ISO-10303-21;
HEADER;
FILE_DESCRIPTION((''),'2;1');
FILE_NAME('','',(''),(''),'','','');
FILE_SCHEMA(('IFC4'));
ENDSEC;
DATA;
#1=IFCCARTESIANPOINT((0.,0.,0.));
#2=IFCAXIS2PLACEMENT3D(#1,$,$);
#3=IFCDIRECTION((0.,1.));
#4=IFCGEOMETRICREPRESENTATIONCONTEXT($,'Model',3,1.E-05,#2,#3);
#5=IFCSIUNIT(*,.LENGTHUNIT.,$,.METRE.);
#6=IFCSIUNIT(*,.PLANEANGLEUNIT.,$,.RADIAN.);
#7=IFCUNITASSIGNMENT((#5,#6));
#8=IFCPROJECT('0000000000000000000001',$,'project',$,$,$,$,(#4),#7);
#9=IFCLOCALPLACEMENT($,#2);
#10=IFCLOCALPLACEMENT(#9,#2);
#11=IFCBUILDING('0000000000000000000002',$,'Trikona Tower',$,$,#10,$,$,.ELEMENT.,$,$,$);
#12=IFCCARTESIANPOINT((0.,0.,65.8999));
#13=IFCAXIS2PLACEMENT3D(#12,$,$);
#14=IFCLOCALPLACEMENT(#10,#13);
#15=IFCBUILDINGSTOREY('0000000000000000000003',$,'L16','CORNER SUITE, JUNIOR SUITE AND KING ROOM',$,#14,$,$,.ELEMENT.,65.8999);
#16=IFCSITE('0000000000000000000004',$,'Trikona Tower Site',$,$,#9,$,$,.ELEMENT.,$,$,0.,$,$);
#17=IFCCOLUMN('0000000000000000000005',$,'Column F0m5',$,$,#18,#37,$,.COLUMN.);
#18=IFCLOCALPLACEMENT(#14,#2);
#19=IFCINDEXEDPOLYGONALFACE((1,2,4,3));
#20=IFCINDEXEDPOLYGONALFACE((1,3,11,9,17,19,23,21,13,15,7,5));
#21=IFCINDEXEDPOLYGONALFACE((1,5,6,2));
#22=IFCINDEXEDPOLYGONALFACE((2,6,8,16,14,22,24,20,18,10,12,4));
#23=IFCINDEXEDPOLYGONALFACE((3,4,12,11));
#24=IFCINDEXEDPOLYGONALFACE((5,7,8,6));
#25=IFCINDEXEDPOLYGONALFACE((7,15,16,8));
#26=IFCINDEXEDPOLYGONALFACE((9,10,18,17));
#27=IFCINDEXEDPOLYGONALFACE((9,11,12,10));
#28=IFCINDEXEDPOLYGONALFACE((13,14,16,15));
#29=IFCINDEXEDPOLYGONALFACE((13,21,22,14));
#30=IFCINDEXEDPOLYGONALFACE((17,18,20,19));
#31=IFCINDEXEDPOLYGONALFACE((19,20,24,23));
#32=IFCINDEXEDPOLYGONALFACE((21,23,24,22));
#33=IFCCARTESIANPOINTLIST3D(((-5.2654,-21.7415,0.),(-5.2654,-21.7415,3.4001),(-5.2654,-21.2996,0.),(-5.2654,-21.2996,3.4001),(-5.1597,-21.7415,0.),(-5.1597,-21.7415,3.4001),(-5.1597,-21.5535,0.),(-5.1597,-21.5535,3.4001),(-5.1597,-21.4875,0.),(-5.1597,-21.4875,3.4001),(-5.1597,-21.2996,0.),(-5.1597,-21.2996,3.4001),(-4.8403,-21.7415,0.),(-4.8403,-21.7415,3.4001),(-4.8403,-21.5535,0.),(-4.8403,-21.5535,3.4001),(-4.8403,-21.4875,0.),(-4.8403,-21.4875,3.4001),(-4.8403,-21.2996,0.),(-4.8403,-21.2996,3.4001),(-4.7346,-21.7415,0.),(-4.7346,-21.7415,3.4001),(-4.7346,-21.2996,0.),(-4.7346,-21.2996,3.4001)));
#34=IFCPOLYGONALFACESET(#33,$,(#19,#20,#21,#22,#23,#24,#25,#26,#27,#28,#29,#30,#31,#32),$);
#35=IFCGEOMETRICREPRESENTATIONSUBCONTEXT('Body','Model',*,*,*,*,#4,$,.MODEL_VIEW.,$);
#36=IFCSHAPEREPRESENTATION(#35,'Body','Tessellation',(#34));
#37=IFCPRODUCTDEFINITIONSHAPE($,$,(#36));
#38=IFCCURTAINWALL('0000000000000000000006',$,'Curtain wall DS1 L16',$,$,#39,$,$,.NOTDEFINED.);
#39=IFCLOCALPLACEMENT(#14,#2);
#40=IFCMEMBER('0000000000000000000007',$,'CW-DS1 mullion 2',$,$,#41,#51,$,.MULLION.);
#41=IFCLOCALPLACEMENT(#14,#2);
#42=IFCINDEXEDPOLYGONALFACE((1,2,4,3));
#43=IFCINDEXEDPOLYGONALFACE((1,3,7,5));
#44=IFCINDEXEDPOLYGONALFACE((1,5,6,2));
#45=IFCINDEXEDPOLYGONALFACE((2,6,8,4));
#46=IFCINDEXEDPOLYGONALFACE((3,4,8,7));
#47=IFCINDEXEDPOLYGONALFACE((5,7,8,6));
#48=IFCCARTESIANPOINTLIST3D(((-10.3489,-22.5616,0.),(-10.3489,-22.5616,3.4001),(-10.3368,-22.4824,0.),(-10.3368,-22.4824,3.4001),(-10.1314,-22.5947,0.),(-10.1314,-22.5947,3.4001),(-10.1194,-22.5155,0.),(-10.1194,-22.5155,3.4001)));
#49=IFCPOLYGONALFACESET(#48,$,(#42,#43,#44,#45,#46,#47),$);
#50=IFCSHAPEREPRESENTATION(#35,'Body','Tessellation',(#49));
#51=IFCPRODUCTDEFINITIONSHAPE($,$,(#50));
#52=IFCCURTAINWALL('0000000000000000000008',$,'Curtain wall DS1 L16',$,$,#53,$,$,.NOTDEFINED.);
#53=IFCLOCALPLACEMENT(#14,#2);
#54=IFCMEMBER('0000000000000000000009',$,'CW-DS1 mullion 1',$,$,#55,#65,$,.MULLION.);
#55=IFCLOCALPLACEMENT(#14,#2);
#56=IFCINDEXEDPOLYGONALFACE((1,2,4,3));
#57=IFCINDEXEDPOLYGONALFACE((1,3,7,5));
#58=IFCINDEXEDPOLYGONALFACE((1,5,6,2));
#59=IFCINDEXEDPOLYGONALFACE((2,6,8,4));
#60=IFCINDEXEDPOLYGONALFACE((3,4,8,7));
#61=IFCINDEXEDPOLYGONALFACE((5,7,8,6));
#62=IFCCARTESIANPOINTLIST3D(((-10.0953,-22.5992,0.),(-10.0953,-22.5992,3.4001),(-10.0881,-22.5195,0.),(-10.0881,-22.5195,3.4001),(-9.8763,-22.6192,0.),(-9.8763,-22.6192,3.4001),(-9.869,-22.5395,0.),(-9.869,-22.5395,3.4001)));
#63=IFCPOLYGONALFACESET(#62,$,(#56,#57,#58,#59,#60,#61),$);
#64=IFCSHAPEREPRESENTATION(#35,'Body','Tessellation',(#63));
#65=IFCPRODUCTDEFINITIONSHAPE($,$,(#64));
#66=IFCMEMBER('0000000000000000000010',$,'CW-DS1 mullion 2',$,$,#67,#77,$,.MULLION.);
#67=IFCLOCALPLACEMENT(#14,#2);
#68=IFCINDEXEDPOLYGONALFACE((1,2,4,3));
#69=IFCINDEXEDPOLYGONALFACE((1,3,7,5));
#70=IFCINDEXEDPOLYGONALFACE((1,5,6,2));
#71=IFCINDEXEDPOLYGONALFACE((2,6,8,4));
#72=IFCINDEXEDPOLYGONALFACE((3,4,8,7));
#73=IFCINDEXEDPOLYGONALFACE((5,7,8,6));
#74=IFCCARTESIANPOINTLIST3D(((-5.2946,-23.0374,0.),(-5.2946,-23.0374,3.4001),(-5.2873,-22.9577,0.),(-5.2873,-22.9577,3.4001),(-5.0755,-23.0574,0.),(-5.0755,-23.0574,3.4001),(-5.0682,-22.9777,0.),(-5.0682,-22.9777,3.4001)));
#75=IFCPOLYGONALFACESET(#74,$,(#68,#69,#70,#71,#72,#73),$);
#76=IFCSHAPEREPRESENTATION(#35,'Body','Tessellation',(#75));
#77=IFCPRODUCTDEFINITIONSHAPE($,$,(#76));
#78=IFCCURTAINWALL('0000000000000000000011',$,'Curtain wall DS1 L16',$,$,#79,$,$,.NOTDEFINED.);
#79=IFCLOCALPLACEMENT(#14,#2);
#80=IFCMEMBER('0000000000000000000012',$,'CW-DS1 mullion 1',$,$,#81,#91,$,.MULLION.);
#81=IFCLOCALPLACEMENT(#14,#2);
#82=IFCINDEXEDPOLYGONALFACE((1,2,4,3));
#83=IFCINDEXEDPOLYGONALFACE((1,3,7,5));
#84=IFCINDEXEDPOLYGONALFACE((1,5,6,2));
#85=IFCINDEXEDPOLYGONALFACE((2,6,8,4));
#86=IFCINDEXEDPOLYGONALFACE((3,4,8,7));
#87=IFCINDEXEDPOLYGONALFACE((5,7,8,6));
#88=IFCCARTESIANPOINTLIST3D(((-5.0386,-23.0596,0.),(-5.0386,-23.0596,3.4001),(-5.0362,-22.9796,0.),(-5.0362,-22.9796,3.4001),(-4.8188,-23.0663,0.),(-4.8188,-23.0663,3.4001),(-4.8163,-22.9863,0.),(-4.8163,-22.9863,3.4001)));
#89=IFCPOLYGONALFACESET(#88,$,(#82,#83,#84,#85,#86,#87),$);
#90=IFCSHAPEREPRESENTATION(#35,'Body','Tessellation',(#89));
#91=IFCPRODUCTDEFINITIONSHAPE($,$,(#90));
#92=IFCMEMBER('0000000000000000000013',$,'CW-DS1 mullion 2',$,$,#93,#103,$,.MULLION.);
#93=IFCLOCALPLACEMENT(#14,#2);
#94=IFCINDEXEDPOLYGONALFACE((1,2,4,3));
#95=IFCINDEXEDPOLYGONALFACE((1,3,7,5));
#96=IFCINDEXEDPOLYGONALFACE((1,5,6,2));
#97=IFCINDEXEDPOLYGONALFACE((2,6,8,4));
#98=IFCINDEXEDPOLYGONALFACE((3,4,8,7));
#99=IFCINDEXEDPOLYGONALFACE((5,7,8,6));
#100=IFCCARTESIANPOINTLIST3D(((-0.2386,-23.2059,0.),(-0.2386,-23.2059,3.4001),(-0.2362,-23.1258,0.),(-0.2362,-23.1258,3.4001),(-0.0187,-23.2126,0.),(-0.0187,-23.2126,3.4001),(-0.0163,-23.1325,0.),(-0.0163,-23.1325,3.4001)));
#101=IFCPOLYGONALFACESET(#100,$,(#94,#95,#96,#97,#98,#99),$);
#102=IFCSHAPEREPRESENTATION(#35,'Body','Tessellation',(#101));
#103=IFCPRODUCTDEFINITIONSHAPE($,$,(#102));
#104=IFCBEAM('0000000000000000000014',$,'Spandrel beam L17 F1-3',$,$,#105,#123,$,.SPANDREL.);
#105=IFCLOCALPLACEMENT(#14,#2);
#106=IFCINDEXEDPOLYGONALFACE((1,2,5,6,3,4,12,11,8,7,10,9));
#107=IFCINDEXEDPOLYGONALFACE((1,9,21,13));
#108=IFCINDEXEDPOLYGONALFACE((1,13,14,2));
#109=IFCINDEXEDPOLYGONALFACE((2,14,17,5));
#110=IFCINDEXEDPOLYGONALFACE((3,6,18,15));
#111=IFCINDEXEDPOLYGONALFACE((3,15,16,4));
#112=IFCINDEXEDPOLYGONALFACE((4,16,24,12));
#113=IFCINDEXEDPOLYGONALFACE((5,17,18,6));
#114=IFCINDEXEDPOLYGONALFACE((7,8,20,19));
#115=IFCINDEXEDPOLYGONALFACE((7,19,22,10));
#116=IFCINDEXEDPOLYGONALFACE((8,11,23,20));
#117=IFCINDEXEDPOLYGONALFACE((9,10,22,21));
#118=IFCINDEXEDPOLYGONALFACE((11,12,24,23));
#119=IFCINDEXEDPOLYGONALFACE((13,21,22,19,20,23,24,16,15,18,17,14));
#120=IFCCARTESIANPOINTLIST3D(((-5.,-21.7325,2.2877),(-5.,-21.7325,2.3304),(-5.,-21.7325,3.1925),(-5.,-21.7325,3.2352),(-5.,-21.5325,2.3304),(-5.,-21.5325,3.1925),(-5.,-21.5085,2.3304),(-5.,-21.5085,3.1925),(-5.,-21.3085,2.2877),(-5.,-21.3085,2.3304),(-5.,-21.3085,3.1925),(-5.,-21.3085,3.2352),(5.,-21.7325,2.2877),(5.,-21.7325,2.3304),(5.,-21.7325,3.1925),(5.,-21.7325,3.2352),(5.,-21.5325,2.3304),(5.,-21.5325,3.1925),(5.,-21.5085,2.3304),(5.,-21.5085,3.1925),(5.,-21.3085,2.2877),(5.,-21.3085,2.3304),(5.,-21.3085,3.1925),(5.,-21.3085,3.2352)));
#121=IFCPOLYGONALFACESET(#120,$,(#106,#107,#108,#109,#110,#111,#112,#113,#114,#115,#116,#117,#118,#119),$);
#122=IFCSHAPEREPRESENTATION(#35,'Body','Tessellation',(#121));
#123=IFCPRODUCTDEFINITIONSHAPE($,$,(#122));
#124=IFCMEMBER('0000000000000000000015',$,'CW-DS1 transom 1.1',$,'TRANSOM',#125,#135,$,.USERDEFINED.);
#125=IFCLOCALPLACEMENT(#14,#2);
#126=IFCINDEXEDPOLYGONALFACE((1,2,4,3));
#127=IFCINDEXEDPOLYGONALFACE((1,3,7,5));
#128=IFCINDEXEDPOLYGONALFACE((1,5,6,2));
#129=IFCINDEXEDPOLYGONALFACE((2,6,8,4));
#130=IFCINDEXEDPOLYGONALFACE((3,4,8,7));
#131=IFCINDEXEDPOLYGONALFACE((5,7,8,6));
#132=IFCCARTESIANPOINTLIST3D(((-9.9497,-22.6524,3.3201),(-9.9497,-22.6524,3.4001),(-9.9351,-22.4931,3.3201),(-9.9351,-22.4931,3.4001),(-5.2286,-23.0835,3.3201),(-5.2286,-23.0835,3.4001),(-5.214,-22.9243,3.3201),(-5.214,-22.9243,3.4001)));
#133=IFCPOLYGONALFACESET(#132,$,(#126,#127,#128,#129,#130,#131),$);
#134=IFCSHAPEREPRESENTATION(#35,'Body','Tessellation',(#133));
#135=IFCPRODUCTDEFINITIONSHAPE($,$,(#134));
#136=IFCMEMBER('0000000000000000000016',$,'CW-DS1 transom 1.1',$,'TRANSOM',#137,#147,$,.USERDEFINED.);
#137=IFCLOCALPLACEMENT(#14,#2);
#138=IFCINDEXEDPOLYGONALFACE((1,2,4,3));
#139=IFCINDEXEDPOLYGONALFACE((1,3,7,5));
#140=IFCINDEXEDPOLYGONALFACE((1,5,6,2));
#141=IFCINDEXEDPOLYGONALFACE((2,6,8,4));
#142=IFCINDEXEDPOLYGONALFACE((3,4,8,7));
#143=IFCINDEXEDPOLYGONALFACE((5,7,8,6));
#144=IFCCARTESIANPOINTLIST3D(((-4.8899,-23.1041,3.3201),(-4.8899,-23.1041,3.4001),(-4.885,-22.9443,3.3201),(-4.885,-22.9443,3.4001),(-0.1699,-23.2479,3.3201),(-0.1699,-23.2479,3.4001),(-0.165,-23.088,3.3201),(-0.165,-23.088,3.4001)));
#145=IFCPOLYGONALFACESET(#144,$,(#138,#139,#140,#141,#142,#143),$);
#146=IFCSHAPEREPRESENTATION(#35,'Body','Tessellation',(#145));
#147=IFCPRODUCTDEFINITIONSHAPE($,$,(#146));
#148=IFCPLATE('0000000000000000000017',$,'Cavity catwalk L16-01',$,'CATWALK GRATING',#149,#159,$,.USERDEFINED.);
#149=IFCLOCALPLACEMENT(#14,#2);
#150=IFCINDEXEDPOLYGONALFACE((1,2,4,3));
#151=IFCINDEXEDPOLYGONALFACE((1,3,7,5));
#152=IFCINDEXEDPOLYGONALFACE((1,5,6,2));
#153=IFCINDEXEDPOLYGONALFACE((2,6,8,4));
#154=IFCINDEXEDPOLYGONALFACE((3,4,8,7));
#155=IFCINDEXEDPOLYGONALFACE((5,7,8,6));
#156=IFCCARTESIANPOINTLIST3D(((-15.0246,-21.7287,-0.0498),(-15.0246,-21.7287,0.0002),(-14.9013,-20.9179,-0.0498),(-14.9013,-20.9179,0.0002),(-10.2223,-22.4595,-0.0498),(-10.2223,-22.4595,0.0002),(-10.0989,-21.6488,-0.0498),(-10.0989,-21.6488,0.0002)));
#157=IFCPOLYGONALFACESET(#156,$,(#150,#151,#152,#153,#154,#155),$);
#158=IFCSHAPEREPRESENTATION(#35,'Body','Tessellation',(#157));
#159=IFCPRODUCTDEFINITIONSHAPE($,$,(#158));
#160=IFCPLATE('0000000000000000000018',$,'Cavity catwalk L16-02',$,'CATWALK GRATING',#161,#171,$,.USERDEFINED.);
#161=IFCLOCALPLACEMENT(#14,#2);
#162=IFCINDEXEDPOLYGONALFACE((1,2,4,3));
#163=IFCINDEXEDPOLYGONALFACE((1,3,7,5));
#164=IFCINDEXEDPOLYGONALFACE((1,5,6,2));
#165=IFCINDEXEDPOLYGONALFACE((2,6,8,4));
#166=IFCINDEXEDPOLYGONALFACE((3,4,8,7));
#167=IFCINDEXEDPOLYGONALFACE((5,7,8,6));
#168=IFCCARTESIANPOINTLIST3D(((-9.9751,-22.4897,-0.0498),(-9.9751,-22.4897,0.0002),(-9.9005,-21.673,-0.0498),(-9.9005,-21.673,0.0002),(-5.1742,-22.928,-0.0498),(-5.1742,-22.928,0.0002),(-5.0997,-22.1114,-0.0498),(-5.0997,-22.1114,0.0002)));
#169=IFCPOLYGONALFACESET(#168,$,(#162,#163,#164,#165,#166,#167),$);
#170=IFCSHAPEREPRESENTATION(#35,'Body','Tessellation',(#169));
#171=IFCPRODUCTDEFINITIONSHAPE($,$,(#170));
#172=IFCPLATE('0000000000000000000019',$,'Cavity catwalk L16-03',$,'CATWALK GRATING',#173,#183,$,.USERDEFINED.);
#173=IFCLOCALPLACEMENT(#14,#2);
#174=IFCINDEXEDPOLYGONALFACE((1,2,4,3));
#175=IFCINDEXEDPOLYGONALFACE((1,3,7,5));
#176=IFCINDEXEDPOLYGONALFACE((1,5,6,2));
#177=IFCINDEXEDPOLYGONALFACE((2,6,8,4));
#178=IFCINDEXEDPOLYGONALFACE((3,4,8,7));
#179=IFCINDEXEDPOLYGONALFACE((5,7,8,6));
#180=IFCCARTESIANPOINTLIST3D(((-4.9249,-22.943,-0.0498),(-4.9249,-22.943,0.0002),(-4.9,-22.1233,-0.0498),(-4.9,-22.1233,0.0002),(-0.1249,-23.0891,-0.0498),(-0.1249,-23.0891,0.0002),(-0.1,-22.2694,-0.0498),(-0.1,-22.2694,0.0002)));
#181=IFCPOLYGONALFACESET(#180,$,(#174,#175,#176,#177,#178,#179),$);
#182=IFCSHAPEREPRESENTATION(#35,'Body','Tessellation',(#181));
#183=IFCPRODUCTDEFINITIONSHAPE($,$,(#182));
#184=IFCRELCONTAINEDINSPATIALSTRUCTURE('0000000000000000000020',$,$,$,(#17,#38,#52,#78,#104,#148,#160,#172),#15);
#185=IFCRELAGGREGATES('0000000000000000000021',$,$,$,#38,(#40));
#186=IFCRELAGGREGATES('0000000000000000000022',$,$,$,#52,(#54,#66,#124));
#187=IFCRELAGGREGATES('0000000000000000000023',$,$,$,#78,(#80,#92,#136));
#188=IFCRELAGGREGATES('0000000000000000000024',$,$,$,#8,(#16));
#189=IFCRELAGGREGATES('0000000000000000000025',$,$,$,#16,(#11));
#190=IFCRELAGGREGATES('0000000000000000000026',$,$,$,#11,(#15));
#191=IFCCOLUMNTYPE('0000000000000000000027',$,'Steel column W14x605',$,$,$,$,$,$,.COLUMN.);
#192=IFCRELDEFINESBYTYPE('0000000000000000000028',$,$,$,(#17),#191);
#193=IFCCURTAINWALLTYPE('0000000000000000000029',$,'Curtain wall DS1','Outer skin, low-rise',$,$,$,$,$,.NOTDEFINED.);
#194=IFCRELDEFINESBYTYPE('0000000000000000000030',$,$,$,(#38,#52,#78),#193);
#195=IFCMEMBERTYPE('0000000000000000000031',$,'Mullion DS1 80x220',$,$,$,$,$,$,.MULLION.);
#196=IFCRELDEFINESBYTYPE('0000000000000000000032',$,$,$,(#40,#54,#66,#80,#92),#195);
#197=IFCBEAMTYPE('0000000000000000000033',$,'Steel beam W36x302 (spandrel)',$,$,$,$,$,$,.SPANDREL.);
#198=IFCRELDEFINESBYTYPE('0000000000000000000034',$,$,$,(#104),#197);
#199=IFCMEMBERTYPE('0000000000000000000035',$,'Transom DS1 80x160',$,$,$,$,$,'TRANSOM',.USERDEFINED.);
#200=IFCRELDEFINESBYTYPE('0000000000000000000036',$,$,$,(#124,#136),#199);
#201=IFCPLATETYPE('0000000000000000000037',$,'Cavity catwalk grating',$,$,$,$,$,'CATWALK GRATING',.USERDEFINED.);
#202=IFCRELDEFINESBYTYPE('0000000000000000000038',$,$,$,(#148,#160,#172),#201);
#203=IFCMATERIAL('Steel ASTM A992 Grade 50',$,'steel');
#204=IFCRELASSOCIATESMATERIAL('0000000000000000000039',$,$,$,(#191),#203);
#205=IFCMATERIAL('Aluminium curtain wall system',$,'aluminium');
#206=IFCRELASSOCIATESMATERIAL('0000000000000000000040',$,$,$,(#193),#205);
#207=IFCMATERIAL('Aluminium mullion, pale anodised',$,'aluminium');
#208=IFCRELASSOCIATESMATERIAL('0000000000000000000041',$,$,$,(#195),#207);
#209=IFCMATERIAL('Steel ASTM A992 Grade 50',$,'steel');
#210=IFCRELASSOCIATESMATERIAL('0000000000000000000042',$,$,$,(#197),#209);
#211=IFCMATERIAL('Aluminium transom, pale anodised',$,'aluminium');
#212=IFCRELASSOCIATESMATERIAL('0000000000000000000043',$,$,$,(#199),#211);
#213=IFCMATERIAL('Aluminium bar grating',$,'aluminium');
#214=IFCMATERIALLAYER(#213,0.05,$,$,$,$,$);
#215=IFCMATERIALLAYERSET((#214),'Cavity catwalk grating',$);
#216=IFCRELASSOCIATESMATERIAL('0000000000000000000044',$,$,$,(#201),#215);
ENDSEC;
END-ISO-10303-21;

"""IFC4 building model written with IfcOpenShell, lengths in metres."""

from ifc_helpers import new_model, si_unit, direction, frame, origin, origin_2d, place, context, subcontext, project, spatial, rectangle, i_section, extrude, material, layer, layer_set, material_profile, profile_set, type_object, element, aggregate, save


model = new_model("IFC4")

# Units and contexts
model_context = context("Model", 3, precision=1e-05, world=origin(), true_north=direction((0.0, 1.0)))
body_context = subcontext(model_context, "Body", "Model", "MODEL_VIEW")
ifc_project = project(units=[si_unit("LENGTHUNIT", "METRE"), si_unit("PLANEANGLEUNIT", "RADIAN")], contexts=[model_context])

# Site, building, storey
site_placement = place(None, origin())
site = spatial("IfcSite", under=ifc_project, at=site_placement, Name="Trikona Tower Site", CompositionType="ELEMENT", RefElevation=0.0)
building_placement = place(site_placement, origin())
building = spatial("IfcBuilding", under=site, at=building_placement, Name="Trikona Tower", CompositionType="ELEMENT")
storey_placement = place(building_placement, frame((0.0, 0.0, 65.8999)))
storey = spatial("IfcBuildingStorey", under=building, at=storey_placement, Name="L16", Description="CORNER SUITE, JUNIOR SUITE AND KING ROOM", CompositionType="ELEMENT", Elevation=65.8999)

# Column
ifc_material_1 = material(Name="Steel ASTM A992 Grade 50", Category="steel")
ifc_material_profile_1 = material_profile(ifc_material_1, i_section(OverallWidth=0.4419, OverallDepth=0.5308, WebThickness=0.0659, FlangeThickness=0.1057, at=origin_2d()), Name="W14X605")
ifc_profile_set_1 = profile_set([ifc_material_profile_1], Name="Steel ASTM A992 Grade 50")
column_type = type_object("IfcColumnType", Name="Steel column W14x605", PredefinedType="COLUMN", material=ifc_profile_set_1)
column_placement = place(storey_placement, frame((-5.0, -21.5205, 0.0), z_axis=(0.0, 0.0, 1.0), x_axis=(0.0, -1.0, 0.0)))
element("IfcColumn", 1, at=column_placement, inside=storey, type_object=column_type, Name="Column F0m5", PredefinedType="COLUMN", context=body_context, shape_type="SweptSolid", body=[
    extrude(i_section(OverallWidth=0.4419, OverallDepth=0.5308, WebThickness=0.0659, FlangeThickness=0.1057, at=origin_2d()), origin(), (0.0, 0.0, 1.0), 3.4001),
])

# Curtain wall, member
ifc_material_2 = material(Name="Aluminium curtain wall system", Category="aluminium")
curtain_wall_type = type_object("IfcCurtainWallType", Name="Curtain wall DS1", Description="Outer skin, low-rise", PredefinedType="NOTDEFINED", material=ifc_material_2)
curtain_wall_1_placement = place(storey_placement, origin())
curtain_wall_1 = element("IfcCurtainWall", 2, at=curtain_wall_1_placement, inside=storey, type_object=curtain_wall_type, Name="Curtain wall DS1 L16", PredefinedType="NOTDEFINED")
ifc_material_3 = material(Name="Aluminium mullion, pale anodised", Category="aluminium")
ifc_material_profile_2 = material_profile(ifc_material_3, rectangle(XDim=0.0801, YDim=0.22, at=origin_2d()), Name="MUL-DS1")
ifc_profile_set_2 = profile_set([ifc_material_profile_2], Name="Aluminium mullion, pale anodised")
member_type_1 = type_object("IfcMemberType", Name="Mullion DS1 80x220", PredefinedType="MULLION", material=ifc_profile_set_2)
member_1_placement = place(storey_placement, frame((-10.2341, -22.5386, 0.0), z_axis=(0.0, 0.0, 1.0), x_axis=(0.150438, 0.988619, 0.0)))
member_1 = element("IfcMember", 3, at=member_1_placement, type_object=member_type_1, Name="CW-DS1 mullion 2", PredefinedType="MULLION", context=body_context, shape_type="SweptSolid", body=[
    extrude(rectangle(XDim=0.0801, YDim=0.22, at=origin_2d()), origin(), (0.0, 0.0, 1.0), 3.4001),
])

# Curtain walls, members
curtain_wall_2_placement = place(storey_placement, origin())
curtain_wall_2 = element("IfcCurtainWall", 4, at=curtain_wall_2_placement, inside=storey, type_object=curtain_wall_type, Name="Curtain wall DS1 L16", PredefinedType="NOTDEFINED")
member_2_placement = place(storey_placement, frame((-9.9822, -22.5693, 0.0), z_axis=(0.0, 0.0, 1.0), x_axis=(0.090924, 0.995858, 0.0)))
member_2 = element("IfcMember", 5, at=member_2_placement, type_object=member_type_1, Name="CW-DS1 mullion 1", PredefinedType="MULLION", context=body_context, shape_type="SweptSolid", body=[
    extrude(rectangle(XDim=0.0801, YDim=0.22, at=origin_2d()), origin(), (0.0, 0.0, 1.0), 3.4001),
])
member_3_placement = place(storey_placement, frame((-5.1814, -23.0076, 0.0), z_axis=(0.0, 0.0, 1.0), x_axis=(0.090924, 0.995858, 0.0)))
member_3 = element("IfcMember", 6, at=member_3_placement, type_object=member_type_1, Name="CW-DS1 mullion 2", PredefinedType="MULLION", context=body_context, shape_type="SweptSolid", body=[
    extrude(rectangle(XDim=0.0801, YDim=0.22, at=origin_2d()), origin(), (0.0, 0.0, 1.0), 3.4001),
])
curtain_wall_3_placement = place(storey_placement, origin())
curtain_wall_3 = element("IfcCurtainWall", 7, at=curtain_wall_3_placement, inside=storey, type_object=curtain_wall_type, Name="Curtain wall DS1 L16", PredefinedType="NOTDEFINED")
member_4_placement = place(storey_placement, frame((-4.9275, -23.0229, 0.0), z_axis=(0.0, 0.0, 1.0), x_axis=(0.030437, 0.999537, 0.0)))
member_4 = element("IfcMember", 8, at=member_4_placement, type_object=member_type_1, Name="CW-DS1 mullion 1", PredefinedType="MULLION", context=body_context, shape_type="SweptSolid", body=[
    extrude(rectangle(XDim=0.0801, YDim=0.22, at=origin_2d()), origin(), (0.0, 0.0, 1.0), 3.4001),
])
member_5_placement = place(storey_placement, frame((-0.1274, -23.1692, 0.0), z_axis=(0.0, 0.0, 1.0), x_axis=(0.030437, 0.999537, 0.0)))
member_5 = element("IfcMember", 9, at=member_5_placement, type_object=member_type_1, Name="CW-DS1 mullion 2", PredefinedType="MULLION", context=body_context, shape_type="SweptSolid", body=[
    extrude(rectangle(XDim=0.0801, YDim=0.22, at=origin_2d()), origin(), (0.0, 0.0, 1.0), 3.4001),
])

# Beam
ifc_material_4 = material(Name="Steel ASTM A992 Grade 50", Category="steel")
ifc_material_profile_3 = material_profile(ifc_material_4, i_section(OverallWidth=0.4241, OverallDepth=0.9475, WebThickness=0.0239, FlangeThickness=0.0427, at=origin_2d()), Name="W36X302")
ifc_profile_set_3 = profile_set([ifc_material_profile_3], Name="Steel ASTM A992 Grade 50")
beam_type = type_object("IfcBeamType", Name="Steel beam W36x302 (spandrel)", PredefinedType="SPANDREL", material=ifc_profile_set_3)
beam_placement = place(storey_placement, frame((-5.0, -21.5205, 2.7615), z_axis=(1.0, 0.0, 0.0), x_axis=(0.0, 1.0, 0.0)))
element("IfcBeam", 10, at=beam_placement, inside=storey, type_object=beam_type, Name="Spandrel beam L17 F1-3", PredefinedType="SPANDREL", context=body_context, shape_type="SweptSolid", body=[
    extrude(i_section(OverallWidth=0.4241, OverallDepth=0.9475, WebThickness=0.0239, FlangeThickness=0.0427, at=origin_2d()), origin(), (0.0, 0.0, 1.0), 10.0),
])

# Members
ifc_material_5 = material(Name="Aluminium transom, pale anodised", Category="aluminium")
ifc_material_profile_4 = material_profile(ifc_material_5, rectangle(XDim=0.1599, YDim=0.0801, at=origin_2d()), Name="TRN-DS1")
ifc_profile_set_4 = profile_set([ifc_material_profile_4], Name="Aluminium transom, pale anodised")
member_type_2 = type_object("IfcMemberType", Name="Transom DS1 80x160", ElementType="TRANSOM", PredefinedType="USERDEFINED", material=ifc_profile_set_4)
member_6_placement = place(storey_placement, frame((-9.9424, -22.5728, 3.3601), z_axis=(0.995856, -0.090944, 0.0), x_axis=(0.090944, 0.995856, 0.0)))
member_6 = element("IfcMember", 11, at=member_6_placement, type_object=member_type_2, Name="CW-DS1 transom 1.1", ObjectType="TRANSOM", PredefinedType="USERDEFINED", context=body_context, shape_type="SweptSolid", body=[
    extrude(rectangle(XDim=0.1599, YDim=0.0801, at=origin_2d()), origin(), (0.0, 0.0, 1.0), 4.7407),
])
member_7_placement = place(storey_placement, frame((-4.8875, -23.0242, 3.3601), z_axis=(0.999536, -0.030452, 0.0), x_axis=(0.030452, 0.999536, 0.0)))
member_7 = element("IfcMember", 12, at=member_7_placement, type_object=member_type_2, Name="CW-DS1 transom 1.1", ObjectType="TRANSOM", PredefinedType="USERDEFINED", context=body_context, shape_type="SweptSolid", body=[
    extrude(rectangle(XDim=0.1599, YDim=0.0801, at=origin_2d()), origin(), (0.0, 0.0, 1.0), 4.7222),
])

# Plates
ifc_material_6 = material(Name="Aluminium bar grating", Category="aluminium")
ifc_layer_1 = layer(ifc_material_6, 0.05)
ifc_layer_set_1 = layer_set([ifc_layer_1], Name="Cavity catwalk grating")
plate_type_1 = type_object("IfcPlateType", Name="Cavity catwalk grating", ElementType="CATWALK GRATING", PredefinedType="USERDEFINED", material=ifc_layer_set_1)
plate_1_placement = place(storey_placement, frame((-12.5618, -21.6887, -0.0498), z_axis=(0.0, 0.0, 1.0), x_axis=(0.988618, -0.150448, 0.0)))
element("IfcPlate", 13, at=plate_1_placement, inside=storey, type_object=plate_type_1, Name="Cavity catwalk L16-01", ObjectType="CATWALK GRATING", PredefinedType="USERDEFINED", context=body_context, shape_type="SweptSolid", body=[
    extrude(rectangle(XDim=4.8577, YDim=0.8201, at=origin_2d()), origin(), (0.0, 0.0, 1.0), 0.05),
])
plate_2_placement = place(storey_placement, frame((-7.5374, -22.3005, -0.0498), z_axis=(0.0, 0.0, 1.0), x_axis=(0.995858, -0.090921, 0.0)))
element("IfcPlate", 14, at=plate_2_placement, inside=storey, type_object=plate_type_1, Name="Cavity catwalk L16-02", ObjectType="CATWALK GRATING", PredefinedType="USERDEFINED", context=body_context, shape_type="SweptSolid", body=[
    extrude(rectangle(XDim=4.8208, YDim=0.8201, at=origin_2d()), origin(), (0.0, 0.0, 1.0), 0.05),
])
plate_3_placement = place(storey_placement, frame((-2.5125, -22.6062, -0.0498), z_axis=(0.0, 0.0, 1.0), x_axis=(0.999537, -0.030425, 0.0)))
element("IfcPlate", 15, at=plate_3_placement, inside=storey, type_object=plate_type_1, Name="Cavity catwalk L16-03", ObjectType="CATWALK GRATING", PredefinedType="USERDEFINED", context=body_context, shape_type="SweptSolid", body=[
    extrude(rectangle(XDim=4.8022, YDim=0.8201, at=origin_2d()), origin(), (0.0, 0.0, 1.0), 0.05),
])

aggregate(curtain_wall_1, [member_1])
aggregate(curtain_wall_2, [member_2, member_3, member_6])
aggregate(curtain_wall_3, [member_4, member_5, member_7])

save(model, "model.ifc")
